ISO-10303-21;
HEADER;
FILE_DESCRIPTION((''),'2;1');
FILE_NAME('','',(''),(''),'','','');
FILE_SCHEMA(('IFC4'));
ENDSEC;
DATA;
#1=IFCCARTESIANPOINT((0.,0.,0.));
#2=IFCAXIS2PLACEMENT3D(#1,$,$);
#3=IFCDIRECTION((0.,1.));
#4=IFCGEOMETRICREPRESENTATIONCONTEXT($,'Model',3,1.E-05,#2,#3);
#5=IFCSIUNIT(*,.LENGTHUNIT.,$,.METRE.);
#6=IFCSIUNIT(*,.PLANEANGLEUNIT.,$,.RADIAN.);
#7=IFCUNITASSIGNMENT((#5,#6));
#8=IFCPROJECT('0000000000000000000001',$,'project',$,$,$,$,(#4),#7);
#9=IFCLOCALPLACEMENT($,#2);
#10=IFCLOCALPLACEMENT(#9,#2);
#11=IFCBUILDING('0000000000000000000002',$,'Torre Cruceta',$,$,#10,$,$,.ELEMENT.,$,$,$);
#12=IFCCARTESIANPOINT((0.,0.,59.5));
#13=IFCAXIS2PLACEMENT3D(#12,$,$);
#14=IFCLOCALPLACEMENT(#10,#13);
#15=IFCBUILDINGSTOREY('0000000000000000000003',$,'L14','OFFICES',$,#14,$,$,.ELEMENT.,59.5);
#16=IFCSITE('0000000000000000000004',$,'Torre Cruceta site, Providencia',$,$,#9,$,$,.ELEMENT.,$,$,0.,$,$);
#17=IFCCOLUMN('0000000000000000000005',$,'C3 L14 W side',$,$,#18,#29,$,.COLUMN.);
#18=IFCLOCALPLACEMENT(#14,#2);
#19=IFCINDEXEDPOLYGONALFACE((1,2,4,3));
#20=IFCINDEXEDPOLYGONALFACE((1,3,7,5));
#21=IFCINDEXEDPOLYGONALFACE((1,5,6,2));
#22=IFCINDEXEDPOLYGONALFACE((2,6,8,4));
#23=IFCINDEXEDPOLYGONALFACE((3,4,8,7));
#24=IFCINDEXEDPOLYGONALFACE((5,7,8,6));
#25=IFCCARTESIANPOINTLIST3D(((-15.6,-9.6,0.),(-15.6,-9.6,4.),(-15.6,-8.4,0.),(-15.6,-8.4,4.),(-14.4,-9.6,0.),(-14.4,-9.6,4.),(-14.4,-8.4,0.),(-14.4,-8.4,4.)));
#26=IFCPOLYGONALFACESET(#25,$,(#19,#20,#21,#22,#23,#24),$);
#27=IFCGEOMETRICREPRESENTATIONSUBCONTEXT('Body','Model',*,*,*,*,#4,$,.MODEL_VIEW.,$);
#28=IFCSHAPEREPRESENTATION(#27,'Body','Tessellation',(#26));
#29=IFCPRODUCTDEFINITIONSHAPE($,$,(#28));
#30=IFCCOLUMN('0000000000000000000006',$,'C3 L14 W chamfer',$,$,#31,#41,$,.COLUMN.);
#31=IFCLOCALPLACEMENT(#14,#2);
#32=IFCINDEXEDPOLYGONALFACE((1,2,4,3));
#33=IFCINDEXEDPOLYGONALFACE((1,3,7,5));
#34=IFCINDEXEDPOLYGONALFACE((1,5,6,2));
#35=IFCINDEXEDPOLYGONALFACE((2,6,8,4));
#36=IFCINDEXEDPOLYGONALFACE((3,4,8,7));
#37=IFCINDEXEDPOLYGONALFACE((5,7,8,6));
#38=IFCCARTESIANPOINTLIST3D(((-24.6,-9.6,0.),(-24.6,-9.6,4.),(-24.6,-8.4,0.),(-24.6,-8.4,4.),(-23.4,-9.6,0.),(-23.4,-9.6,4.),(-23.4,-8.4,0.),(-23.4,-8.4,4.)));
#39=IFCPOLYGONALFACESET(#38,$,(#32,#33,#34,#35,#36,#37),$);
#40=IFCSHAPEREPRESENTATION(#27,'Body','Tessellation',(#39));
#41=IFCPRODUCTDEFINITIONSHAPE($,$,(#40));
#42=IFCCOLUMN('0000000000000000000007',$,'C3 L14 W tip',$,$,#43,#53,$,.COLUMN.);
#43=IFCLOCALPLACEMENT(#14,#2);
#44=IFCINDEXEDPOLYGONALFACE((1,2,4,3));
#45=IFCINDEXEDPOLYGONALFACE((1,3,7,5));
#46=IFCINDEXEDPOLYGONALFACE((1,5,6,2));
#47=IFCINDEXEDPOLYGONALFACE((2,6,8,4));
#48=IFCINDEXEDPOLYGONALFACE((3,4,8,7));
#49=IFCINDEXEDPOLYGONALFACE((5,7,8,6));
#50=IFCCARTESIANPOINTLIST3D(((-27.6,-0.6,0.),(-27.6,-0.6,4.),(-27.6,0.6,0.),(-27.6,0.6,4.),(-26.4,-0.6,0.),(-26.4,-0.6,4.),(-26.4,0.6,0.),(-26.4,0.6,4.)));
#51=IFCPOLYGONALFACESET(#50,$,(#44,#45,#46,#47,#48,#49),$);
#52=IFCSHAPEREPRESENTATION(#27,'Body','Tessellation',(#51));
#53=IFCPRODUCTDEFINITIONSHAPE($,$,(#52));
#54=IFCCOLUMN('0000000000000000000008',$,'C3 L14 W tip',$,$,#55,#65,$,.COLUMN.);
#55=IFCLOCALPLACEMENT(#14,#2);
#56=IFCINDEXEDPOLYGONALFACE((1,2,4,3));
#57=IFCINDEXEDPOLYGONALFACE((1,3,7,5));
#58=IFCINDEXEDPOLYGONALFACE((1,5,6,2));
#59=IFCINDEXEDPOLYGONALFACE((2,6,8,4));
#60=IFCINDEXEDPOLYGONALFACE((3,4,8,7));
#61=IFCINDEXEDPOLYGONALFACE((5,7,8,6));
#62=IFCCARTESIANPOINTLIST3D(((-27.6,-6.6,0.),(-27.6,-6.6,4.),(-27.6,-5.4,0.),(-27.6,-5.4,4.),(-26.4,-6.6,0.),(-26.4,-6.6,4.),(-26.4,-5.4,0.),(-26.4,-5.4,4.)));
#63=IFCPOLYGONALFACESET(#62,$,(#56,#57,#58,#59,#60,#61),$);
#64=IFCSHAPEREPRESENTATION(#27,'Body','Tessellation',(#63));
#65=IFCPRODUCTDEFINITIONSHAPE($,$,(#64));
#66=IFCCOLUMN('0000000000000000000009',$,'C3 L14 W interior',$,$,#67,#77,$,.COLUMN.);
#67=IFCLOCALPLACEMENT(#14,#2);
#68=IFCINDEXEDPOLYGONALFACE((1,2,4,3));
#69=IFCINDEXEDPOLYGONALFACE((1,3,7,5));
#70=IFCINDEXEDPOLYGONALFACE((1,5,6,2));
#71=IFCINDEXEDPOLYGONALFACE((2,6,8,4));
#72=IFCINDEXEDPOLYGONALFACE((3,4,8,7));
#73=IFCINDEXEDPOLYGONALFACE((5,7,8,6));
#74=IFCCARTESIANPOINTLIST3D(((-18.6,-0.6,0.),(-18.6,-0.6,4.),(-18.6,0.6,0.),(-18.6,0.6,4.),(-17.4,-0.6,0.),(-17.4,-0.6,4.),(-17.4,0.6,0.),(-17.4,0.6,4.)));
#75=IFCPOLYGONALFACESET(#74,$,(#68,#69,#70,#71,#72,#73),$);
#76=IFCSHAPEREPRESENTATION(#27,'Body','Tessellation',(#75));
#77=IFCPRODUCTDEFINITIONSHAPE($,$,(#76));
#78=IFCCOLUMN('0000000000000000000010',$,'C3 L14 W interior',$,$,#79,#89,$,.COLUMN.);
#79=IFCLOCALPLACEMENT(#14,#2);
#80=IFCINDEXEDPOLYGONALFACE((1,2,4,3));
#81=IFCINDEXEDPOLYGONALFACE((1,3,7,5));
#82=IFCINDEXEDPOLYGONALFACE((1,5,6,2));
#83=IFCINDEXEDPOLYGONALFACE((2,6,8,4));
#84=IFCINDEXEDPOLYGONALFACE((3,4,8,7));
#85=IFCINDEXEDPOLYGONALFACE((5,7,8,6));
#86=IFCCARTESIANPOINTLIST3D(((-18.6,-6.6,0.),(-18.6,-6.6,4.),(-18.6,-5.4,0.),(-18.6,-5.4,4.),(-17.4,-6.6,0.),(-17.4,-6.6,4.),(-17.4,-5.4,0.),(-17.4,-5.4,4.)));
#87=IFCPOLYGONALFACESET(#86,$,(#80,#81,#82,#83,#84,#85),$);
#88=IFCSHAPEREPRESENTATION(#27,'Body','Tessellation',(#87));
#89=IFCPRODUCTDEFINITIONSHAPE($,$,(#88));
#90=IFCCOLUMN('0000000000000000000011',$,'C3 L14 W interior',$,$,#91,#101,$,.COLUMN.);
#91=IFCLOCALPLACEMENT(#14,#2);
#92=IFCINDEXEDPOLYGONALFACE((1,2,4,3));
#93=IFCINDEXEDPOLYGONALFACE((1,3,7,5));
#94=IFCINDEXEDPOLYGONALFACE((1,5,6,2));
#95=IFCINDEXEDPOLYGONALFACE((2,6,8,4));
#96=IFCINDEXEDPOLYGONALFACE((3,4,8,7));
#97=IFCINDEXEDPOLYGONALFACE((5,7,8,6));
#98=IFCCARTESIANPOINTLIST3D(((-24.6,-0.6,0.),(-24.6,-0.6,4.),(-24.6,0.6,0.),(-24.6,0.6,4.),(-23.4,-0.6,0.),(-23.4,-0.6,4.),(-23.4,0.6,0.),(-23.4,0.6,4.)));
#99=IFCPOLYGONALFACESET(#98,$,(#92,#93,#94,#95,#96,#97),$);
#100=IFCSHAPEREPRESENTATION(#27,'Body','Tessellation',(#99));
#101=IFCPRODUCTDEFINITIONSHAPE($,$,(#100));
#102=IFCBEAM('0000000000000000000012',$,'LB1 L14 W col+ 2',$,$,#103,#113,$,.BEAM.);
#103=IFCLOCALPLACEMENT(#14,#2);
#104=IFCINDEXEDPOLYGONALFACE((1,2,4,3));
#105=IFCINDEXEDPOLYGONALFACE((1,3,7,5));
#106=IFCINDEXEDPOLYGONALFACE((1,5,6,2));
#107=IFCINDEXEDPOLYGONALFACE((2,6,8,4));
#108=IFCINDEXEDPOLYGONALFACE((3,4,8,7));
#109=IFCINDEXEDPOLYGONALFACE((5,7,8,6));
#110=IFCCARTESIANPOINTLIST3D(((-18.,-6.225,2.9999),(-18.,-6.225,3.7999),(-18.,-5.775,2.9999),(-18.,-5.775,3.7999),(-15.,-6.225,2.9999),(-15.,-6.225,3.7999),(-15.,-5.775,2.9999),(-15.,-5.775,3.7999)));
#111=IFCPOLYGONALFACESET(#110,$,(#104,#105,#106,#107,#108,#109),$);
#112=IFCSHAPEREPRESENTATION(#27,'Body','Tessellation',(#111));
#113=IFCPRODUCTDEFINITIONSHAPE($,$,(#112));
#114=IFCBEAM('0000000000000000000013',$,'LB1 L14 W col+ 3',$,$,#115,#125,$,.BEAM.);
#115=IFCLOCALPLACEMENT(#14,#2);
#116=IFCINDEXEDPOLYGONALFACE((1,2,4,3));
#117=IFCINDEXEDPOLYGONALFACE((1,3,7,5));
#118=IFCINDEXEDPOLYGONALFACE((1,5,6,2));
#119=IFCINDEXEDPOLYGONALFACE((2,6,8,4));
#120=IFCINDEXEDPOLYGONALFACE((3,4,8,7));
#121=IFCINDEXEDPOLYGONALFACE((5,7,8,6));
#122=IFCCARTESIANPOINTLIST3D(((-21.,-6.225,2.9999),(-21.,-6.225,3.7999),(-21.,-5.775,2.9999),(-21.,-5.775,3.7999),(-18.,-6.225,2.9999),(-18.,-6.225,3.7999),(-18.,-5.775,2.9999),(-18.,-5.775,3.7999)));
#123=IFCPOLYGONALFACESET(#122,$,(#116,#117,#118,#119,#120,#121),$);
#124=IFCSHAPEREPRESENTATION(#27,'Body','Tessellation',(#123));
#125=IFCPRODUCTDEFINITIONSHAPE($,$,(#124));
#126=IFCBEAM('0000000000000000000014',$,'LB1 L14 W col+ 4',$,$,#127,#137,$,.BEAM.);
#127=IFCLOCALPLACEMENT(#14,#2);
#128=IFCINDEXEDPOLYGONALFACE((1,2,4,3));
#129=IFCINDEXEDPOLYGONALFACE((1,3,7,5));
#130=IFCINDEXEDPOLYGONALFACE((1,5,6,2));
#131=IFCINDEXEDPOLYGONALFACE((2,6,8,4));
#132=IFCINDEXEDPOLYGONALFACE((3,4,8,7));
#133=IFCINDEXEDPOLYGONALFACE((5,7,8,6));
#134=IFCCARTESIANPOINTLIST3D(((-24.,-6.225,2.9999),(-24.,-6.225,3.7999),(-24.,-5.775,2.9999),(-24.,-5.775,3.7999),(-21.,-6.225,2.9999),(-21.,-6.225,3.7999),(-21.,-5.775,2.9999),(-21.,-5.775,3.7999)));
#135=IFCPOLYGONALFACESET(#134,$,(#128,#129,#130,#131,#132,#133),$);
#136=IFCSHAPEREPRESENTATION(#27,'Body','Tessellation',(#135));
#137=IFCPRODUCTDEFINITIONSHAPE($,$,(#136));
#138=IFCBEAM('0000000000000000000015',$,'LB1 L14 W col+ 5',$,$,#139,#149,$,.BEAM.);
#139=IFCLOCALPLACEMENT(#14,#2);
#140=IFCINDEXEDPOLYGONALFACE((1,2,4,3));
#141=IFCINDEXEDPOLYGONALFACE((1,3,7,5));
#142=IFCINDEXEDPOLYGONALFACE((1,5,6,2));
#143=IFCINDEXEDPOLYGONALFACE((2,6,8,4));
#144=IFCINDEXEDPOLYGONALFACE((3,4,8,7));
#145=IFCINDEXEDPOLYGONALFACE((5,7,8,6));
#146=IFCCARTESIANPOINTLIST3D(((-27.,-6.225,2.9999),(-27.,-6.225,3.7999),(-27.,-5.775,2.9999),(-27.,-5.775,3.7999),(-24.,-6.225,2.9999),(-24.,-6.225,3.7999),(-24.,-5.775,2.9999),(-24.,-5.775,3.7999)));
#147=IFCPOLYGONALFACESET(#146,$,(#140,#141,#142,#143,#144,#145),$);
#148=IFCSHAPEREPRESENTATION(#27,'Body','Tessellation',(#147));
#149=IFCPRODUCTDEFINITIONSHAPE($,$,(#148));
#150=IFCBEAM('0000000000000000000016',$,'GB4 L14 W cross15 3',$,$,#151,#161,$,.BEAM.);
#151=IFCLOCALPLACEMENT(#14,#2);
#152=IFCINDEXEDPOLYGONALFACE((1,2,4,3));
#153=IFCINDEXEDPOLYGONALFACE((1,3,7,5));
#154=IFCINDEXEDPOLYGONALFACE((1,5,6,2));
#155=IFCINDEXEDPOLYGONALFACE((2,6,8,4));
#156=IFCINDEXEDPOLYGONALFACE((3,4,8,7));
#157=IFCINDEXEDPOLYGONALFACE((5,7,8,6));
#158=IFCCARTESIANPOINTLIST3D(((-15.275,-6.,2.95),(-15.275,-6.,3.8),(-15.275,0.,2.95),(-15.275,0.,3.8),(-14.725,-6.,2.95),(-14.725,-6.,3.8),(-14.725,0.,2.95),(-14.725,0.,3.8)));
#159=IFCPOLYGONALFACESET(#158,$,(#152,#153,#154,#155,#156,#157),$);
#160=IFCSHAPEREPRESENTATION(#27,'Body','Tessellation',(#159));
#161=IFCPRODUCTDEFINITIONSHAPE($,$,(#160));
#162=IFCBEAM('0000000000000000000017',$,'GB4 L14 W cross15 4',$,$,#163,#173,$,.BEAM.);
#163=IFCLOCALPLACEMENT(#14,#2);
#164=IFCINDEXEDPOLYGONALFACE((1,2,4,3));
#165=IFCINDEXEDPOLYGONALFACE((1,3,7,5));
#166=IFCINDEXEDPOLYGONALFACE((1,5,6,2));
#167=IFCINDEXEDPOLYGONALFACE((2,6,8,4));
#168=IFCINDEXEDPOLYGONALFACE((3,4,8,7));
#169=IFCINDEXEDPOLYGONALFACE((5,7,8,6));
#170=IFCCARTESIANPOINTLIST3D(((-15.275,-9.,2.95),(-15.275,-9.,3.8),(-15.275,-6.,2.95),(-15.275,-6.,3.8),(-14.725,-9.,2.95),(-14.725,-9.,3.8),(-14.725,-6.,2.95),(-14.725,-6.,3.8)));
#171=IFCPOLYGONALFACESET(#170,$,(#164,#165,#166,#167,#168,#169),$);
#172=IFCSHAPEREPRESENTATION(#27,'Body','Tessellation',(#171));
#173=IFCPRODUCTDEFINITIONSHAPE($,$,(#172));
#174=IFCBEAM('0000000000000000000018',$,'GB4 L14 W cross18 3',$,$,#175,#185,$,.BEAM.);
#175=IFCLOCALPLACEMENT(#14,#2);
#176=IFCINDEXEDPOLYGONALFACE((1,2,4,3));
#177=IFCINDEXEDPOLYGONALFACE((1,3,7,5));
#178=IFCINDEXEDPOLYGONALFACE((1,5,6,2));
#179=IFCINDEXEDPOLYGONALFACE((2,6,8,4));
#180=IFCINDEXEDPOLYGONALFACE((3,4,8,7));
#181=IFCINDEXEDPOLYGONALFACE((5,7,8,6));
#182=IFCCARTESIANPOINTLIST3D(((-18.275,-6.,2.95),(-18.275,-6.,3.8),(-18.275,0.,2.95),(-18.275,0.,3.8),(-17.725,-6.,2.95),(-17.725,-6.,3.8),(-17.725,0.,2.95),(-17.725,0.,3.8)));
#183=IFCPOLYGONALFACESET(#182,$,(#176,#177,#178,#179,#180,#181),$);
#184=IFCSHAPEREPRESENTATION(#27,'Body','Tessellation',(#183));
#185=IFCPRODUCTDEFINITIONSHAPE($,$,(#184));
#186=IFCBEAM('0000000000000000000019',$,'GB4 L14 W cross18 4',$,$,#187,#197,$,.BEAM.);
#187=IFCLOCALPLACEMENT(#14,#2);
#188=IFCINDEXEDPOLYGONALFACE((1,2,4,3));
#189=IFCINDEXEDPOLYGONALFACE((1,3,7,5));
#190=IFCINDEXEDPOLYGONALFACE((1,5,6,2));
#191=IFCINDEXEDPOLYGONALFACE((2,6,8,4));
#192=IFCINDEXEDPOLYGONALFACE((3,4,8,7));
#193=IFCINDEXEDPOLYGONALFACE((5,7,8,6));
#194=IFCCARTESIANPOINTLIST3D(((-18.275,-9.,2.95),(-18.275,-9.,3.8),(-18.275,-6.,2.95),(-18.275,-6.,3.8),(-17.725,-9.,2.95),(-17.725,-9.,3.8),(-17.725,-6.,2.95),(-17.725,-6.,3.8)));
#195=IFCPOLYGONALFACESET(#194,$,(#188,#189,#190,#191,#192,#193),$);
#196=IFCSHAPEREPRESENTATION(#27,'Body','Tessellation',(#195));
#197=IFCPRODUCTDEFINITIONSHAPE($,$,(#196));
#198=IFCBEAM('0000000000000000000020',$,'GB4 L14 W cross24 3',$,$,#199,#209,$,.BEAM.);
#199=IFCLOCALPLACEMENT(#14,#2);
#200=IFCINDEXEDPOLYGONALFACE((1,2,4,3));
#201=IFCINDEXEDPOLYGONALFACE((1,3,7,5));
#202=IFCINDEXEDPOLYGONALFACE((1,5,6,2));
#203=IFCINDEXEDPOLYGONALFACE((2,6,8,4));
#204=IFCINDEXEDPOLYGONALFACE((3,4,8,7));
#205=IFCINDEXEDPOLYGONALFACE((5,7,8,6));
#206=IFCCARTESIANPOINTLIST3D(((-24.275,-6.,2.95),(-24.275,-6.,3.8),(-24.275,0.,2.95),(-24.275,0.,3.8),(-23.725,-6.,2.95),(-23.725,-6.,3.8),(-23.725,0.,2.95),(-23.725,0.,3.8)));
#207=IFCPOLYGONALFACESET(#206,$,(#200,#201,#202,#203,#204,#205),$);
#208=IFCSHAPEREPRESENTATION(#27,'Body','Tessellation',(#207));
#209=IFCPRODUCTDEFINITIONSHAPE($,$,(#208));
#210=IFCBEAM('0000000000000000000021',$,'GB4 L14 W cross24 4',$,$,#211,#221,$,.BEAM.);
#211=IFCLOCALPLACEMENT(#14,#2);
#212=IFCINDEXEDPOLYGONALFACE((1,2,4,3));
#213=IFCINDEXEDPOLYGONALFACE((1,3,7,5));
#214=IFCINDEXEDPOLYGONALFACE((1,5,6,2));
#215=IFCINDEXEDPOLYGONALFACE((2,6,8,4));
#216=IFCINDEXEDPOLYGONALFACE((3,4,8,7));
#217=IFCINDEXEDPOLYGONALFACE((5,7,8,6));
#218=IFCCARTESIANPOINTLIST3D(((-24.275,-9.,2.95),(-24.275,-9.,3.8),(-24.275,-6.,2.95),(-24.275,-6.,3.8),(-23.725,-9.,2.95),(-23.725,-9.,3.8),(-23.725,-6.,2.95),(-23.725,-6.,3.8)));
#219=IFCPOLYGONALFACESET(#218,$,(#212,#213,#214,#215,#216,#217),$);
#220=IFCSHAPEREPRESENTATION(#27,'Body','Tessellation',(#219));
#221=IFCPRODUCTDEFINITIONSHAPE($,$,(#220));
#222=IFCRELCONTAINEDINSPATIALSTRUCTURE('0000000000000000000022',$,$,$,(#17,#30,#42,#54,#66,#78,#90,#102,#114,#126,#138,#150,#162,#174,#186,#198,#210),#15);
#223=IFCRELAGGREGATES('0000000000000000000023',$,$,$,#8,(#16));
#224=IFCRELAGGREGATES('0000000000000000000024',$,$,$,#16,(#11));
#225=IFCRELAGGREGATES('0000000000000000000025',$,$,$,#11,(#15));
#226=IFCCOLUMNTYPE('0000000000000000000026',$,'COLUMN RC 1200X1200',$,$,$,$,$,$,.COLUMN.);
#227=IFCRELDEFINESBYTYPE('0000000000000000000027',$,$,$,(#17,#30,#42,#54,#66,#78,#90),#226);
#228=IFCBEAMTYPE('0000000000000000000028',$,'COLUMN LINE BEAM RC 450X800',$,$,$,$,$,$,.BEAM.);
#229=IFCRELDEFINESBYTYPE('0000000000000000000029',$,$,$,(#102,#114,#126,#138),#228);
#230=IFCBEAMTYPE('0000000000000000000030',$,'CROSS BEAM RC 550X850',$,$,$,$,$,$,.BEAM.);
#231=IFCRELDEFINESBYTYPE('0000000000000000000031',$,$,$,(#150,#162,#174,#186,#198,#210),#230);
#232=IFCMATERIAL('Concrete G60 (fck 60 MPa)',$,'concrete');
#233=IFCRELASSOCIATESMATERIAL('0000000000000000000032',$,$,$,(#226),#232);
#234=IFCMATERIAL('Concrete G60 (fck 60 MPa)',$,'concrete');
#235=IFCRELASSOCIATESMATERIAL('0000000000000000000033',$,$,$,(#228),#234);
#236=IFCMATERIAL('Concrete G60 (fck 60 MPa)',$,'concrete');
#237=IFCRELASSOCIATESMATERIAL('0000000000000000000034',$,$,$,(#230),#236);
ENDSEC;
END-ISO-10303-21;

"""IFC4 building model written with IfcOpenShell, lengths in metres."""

from ifc_helpers import new_model, si_unit, direction, frame, origin, origin_2d, place, context, subcontext, project, spatial, rectangle, extrude, material, material_profile, profile_set, type_object, element, save


model = new_model("IFC4")

# Units and contexts
model_context = context("Model", 3, precision=1e-05, world=origin(), true_north=direction((0.0, 1.0)))
body_context = subcontext(model_context, "Body", "Model", "MODEL_VIEW")
ifc_project = project(units=[si_unit("LENGTHUNIT", "METRE"), si_unit("PLANEANGLEUNIT", "RADIAN")], contexts=[model_context])

# Site, building, storey
site_placement = place(None, origin())
site = spatial("IfcSite", under=ifc_project, at=site_placement, Name="Torre Cruceta site, Providencia", CompositionType="ELEMENT", RefElevation=0.0)
building_placement = place(site_placement, origin())
building = spatial("IfcBuilding", under=site, at=building_placement, Name="Torre Cruceta", CompositionType="ELEMENT")
storey_placement = place(building_placement, frame((0.0, 0.0, 59.5)))
storey = spatial("IfcBuildingStorey", under=building, at=storey_placement, Name="L14", Description="OFFICES", CompositionType="ELEMENT", Elevation=59.5)

# Columns
ifc_material_1 = material(Name="Concrete G60 (fck 60 MPa)", Category="concrete")
ifc_material_profile_1 = material_profile(ifc_material_1, rectangle(XDim=1.2, YDim=1.2, at=origin_2d()), Name="RC 1200X1200")
ifc_profile_set_1 = profile_set([ifc_material_profile_1], Name="Concrete G60 (fck 60 MPa)")
column_type = type_object("IfcColumnType", Name="COLUMN RC 1200X1200", PredefinedType="COLUMN", material=ifc_profile_set_1)
for number, where, z_axis, x_axis, name in (
    (1, (-15.0, -9.0, 0.0), (0.0, 0.0, 1.0), (1.0, 0.0, 0.0), "C3 L14 W side"),
    (2, (-24.0, -9.0, 0.0), (0.0, 0.0, 1.0), (1.0, 0.0, 0.0), "C3 L14 W chamfer"),
    (3, (-27.0, 0.0, 0.0), (0.0, 0.0, 1.0), (1.0, 0.0, 0.0), "C3 L14 W tip"),
    (4, (-27.0, -6.0, 0.0), (0.0, 0.0, 1.0), (1.0, 0.0, 0.0), "C3 L14 W tip"),
    (5, (-18.0, 0.0, 0.0), (0.0, 0.0, 1.0), (1.0, 0.0, 0.0), "C3 L14 W interior"),
    (6, (-18.0, -6.0, 0.0), (0.0, 0.0, 1.0), (1.0, 0.0, 0.0), "C3 L14 W interior"),
    (7, (-24.0, 0.0, 0.0), (0.0, 0.0, 1.0), (1.0, 0.0, 0.0), "C3 L14 W interior"),
):
    element("IfcColumn", number, at=place(storey_placement, frame(where, z_axis=z_axis, x_axis=x_axis)), inside=storey, type_object=column_type, Name=name, PredefinedType="COLUMN", context=body_context, shape_type="SweptSolid", body=[
        extrude(rectangle(XDim=1.2, YDim=1.2, at=origin_2d()), origin(), (0.0, 0.0, 1.0), 4.0),
    ])

# Beams
ifc_material_2 = material(Name="Concrete G60 (fck 60 MPa)", Category="concrete")
ifc_material_profile_2 = material_profile(ifc_material_2, rectangle(XDim=0.45, YDim=0.8, at=origin_2d()), Name="RC 450X800")
ifc_profile_set_2 = profile_set([ifc_material_profile_2], Name="Concrete G60 (fck 60 MPa)")
beam_type_1 = type_object("IfcBeamType", Name="COLUMN LINE BEAM RC 450X800", PredefinedType="BEAM", material=ifc_profile_set_2)
for number, where, z_axis, x_axis, name in (
    (8, (-15.0, -6.0, 3.3999), (-1.0, 0.0, 0.0), (0.0, -1.0, 0.0), "LB1 L14 W col+ 2"),
    (9, (-18.0, -6.0, 3.3999), (-1.0, 0.0, 0.0), (0.0, -1.0, 0.0), "LB1 L14 W col+ 3"),
    (10, (-21.0, -6.0, 3.3999), (-1.0, 0.0, 0.0), (0.0, -1.0, 0.0), "LB1 L14 W col+ 4"),
    (11, (-24.0, -6.0, 3.3999), (-1.0, 0.0, 0.0), (0.0, -1.0, 0.0), "LB1 L14 W col+ 5"),
):
    element("IfcBeam", number, at=place(storey_placement, frame(where, z_axis=z_axis, x_axis=x_axis)), inside=storey, type_object=beam_type_1, Name=name, PredefinedType="BEAM", context=body_context, shape_type="SweptSolid", body=[
        extrude(rectangle(XDim=0.45, YDim=0.8, at=origin_2d()), origin(), (0.0, 0.0, 1.0), 3.0),
    ])
ifc_material_3 = material(Name="Concrete G60 (fck 60 MPa)", Category="concrete")
ifc_material_profile_3 = material_profile(ifc_material_3, rectangle(XDim=0.55, YDim=0.8501, at=origin_2d()), Name="RC 550X850")
ifc_profile_set_3 = profile_set([ifc_material_profile_3], Name="Concrete G60 (fck 60 MPa)")
beam_type_2 = type_object("IfcBeamType", Name="CROSS BEAM RC 550X850", PredefinedType="BEAM", material=ifc_profile_set_3)
beam_1_placement = place(storey_placement, frame((-15.0, 0.0, 3.375), z_axis=(0.0, -1.0, 0.0), x_axis=(1.0, 0.0, 0.0)))
element("IfcBeam", 12, at=beam_1_placement, inside=storey, type_object=beam_type_2, Name="GB4 L14 W cross15 3", PredefinedType="BEAM", context=body_context, shape_type="SweptSolid", body=[
    extrude(rectangle(XDim=0.55, YDim=0.8501, at=origin_2d()), origin(), (0.0, 0.0, 1.0), 6.0),
])
beam_2_placement = place(storey_placement, frame((-15.0, -6.0, 3.375), z_axis=(0.0, -1.0, 0.0), x_axis=(1.0, 0.0, 0.0)))
element("IfcBeam", 13, at=beam_2_placement, inside=storey, type_object=beam_type_2, Name="GB4 L14 W cross15 4", PredefinedType="BEAM", context=body_context, shape_type="SweptSolid", body=[
    extrude(rectangle(XDim=0.55, YDim=0.8501, at=origin_2d()), origin(), (0.0, 0.0, 1.0), 3.0),
])
beam_3_placement = place(storey_placement, frame((-18.0, 0.0, 3.375), z_axis=(0.0, -1.0, 0.0), x_axis=(1.0, 0.0, 0.0)))
element("IfcBeam", 14, at=beam_3_placement, inside=storey, type_object=beam_type_2, Name="GB4 L14 W cross18 3", PredefinedType="BEAM", context=body_context, shape_type="SweptSolid", body=[
    extrude(rectangle(XDim=0.55, YDim=0.8501, at=origin_2d()), origin(), (0.0, 0.0, 1.0), 6.0),
])
beam_4_placement = place(storey_placement, frame((-18.0, -6.0, 3.375), z_axis=(0.0, -1.0, 0.0), x_axis=(1.0, 0.0, 0.0)))
element("IfcBeam", 15, at=beam_4_placement, inside=storey, type_object=beam_type_2, Name="GB4 L14 W cross18 4", PredefinedType="BEAM", context=body_context, shape_type="SweptSolid", body=[
    extrude(rectangle(XDim=0.55, YDim=0.8501, at=origin_2d()), origin(), (0.0, 0.0, 1.0), 3.0),
])
beam_5_placement = place(storey_placement, frame((-24.0, 0.0, 3.375), z_axis=(0.0, -1.0, 0.0), x_axis=(1.0, 0.0, 0.0)))
element("IfcBeam", 16, at=beam_5_placement, inside=storey, type_object=beam_type_2, Name="GB4 L14 W cross24 3", PredefinedType="BEAM", context=body_context, shape_type="SweptSolid", body=[
    extrude(rectangle(XDim=0.55, YDim=0.8501, at=origin_2d()), origin(), (0.0, 0.0, 1.0), 6.0),
])
beam_6_placement = place(storey_placement, frame((-24.0, -6.0, 3.375), z_axis=(0.0, -1.0, 0.0), x_axis=(1.0, 0.0, 0.0)))
element("IfcBeam", 17, at=beam_6_placement, inside=storey, type_object=beam_type_2, Name="GB4 L14 W cross24 4", PredefinedType="BEAM", context=body_context, shape_type="SweptSolid", body=[
    extrude(rectangle(XDim=0.55, YDim=0.8501, at=origin_2d()), origin(), (0.0, 0.0, 1.0), 3.0),
])

save(model, "model.ifc")
